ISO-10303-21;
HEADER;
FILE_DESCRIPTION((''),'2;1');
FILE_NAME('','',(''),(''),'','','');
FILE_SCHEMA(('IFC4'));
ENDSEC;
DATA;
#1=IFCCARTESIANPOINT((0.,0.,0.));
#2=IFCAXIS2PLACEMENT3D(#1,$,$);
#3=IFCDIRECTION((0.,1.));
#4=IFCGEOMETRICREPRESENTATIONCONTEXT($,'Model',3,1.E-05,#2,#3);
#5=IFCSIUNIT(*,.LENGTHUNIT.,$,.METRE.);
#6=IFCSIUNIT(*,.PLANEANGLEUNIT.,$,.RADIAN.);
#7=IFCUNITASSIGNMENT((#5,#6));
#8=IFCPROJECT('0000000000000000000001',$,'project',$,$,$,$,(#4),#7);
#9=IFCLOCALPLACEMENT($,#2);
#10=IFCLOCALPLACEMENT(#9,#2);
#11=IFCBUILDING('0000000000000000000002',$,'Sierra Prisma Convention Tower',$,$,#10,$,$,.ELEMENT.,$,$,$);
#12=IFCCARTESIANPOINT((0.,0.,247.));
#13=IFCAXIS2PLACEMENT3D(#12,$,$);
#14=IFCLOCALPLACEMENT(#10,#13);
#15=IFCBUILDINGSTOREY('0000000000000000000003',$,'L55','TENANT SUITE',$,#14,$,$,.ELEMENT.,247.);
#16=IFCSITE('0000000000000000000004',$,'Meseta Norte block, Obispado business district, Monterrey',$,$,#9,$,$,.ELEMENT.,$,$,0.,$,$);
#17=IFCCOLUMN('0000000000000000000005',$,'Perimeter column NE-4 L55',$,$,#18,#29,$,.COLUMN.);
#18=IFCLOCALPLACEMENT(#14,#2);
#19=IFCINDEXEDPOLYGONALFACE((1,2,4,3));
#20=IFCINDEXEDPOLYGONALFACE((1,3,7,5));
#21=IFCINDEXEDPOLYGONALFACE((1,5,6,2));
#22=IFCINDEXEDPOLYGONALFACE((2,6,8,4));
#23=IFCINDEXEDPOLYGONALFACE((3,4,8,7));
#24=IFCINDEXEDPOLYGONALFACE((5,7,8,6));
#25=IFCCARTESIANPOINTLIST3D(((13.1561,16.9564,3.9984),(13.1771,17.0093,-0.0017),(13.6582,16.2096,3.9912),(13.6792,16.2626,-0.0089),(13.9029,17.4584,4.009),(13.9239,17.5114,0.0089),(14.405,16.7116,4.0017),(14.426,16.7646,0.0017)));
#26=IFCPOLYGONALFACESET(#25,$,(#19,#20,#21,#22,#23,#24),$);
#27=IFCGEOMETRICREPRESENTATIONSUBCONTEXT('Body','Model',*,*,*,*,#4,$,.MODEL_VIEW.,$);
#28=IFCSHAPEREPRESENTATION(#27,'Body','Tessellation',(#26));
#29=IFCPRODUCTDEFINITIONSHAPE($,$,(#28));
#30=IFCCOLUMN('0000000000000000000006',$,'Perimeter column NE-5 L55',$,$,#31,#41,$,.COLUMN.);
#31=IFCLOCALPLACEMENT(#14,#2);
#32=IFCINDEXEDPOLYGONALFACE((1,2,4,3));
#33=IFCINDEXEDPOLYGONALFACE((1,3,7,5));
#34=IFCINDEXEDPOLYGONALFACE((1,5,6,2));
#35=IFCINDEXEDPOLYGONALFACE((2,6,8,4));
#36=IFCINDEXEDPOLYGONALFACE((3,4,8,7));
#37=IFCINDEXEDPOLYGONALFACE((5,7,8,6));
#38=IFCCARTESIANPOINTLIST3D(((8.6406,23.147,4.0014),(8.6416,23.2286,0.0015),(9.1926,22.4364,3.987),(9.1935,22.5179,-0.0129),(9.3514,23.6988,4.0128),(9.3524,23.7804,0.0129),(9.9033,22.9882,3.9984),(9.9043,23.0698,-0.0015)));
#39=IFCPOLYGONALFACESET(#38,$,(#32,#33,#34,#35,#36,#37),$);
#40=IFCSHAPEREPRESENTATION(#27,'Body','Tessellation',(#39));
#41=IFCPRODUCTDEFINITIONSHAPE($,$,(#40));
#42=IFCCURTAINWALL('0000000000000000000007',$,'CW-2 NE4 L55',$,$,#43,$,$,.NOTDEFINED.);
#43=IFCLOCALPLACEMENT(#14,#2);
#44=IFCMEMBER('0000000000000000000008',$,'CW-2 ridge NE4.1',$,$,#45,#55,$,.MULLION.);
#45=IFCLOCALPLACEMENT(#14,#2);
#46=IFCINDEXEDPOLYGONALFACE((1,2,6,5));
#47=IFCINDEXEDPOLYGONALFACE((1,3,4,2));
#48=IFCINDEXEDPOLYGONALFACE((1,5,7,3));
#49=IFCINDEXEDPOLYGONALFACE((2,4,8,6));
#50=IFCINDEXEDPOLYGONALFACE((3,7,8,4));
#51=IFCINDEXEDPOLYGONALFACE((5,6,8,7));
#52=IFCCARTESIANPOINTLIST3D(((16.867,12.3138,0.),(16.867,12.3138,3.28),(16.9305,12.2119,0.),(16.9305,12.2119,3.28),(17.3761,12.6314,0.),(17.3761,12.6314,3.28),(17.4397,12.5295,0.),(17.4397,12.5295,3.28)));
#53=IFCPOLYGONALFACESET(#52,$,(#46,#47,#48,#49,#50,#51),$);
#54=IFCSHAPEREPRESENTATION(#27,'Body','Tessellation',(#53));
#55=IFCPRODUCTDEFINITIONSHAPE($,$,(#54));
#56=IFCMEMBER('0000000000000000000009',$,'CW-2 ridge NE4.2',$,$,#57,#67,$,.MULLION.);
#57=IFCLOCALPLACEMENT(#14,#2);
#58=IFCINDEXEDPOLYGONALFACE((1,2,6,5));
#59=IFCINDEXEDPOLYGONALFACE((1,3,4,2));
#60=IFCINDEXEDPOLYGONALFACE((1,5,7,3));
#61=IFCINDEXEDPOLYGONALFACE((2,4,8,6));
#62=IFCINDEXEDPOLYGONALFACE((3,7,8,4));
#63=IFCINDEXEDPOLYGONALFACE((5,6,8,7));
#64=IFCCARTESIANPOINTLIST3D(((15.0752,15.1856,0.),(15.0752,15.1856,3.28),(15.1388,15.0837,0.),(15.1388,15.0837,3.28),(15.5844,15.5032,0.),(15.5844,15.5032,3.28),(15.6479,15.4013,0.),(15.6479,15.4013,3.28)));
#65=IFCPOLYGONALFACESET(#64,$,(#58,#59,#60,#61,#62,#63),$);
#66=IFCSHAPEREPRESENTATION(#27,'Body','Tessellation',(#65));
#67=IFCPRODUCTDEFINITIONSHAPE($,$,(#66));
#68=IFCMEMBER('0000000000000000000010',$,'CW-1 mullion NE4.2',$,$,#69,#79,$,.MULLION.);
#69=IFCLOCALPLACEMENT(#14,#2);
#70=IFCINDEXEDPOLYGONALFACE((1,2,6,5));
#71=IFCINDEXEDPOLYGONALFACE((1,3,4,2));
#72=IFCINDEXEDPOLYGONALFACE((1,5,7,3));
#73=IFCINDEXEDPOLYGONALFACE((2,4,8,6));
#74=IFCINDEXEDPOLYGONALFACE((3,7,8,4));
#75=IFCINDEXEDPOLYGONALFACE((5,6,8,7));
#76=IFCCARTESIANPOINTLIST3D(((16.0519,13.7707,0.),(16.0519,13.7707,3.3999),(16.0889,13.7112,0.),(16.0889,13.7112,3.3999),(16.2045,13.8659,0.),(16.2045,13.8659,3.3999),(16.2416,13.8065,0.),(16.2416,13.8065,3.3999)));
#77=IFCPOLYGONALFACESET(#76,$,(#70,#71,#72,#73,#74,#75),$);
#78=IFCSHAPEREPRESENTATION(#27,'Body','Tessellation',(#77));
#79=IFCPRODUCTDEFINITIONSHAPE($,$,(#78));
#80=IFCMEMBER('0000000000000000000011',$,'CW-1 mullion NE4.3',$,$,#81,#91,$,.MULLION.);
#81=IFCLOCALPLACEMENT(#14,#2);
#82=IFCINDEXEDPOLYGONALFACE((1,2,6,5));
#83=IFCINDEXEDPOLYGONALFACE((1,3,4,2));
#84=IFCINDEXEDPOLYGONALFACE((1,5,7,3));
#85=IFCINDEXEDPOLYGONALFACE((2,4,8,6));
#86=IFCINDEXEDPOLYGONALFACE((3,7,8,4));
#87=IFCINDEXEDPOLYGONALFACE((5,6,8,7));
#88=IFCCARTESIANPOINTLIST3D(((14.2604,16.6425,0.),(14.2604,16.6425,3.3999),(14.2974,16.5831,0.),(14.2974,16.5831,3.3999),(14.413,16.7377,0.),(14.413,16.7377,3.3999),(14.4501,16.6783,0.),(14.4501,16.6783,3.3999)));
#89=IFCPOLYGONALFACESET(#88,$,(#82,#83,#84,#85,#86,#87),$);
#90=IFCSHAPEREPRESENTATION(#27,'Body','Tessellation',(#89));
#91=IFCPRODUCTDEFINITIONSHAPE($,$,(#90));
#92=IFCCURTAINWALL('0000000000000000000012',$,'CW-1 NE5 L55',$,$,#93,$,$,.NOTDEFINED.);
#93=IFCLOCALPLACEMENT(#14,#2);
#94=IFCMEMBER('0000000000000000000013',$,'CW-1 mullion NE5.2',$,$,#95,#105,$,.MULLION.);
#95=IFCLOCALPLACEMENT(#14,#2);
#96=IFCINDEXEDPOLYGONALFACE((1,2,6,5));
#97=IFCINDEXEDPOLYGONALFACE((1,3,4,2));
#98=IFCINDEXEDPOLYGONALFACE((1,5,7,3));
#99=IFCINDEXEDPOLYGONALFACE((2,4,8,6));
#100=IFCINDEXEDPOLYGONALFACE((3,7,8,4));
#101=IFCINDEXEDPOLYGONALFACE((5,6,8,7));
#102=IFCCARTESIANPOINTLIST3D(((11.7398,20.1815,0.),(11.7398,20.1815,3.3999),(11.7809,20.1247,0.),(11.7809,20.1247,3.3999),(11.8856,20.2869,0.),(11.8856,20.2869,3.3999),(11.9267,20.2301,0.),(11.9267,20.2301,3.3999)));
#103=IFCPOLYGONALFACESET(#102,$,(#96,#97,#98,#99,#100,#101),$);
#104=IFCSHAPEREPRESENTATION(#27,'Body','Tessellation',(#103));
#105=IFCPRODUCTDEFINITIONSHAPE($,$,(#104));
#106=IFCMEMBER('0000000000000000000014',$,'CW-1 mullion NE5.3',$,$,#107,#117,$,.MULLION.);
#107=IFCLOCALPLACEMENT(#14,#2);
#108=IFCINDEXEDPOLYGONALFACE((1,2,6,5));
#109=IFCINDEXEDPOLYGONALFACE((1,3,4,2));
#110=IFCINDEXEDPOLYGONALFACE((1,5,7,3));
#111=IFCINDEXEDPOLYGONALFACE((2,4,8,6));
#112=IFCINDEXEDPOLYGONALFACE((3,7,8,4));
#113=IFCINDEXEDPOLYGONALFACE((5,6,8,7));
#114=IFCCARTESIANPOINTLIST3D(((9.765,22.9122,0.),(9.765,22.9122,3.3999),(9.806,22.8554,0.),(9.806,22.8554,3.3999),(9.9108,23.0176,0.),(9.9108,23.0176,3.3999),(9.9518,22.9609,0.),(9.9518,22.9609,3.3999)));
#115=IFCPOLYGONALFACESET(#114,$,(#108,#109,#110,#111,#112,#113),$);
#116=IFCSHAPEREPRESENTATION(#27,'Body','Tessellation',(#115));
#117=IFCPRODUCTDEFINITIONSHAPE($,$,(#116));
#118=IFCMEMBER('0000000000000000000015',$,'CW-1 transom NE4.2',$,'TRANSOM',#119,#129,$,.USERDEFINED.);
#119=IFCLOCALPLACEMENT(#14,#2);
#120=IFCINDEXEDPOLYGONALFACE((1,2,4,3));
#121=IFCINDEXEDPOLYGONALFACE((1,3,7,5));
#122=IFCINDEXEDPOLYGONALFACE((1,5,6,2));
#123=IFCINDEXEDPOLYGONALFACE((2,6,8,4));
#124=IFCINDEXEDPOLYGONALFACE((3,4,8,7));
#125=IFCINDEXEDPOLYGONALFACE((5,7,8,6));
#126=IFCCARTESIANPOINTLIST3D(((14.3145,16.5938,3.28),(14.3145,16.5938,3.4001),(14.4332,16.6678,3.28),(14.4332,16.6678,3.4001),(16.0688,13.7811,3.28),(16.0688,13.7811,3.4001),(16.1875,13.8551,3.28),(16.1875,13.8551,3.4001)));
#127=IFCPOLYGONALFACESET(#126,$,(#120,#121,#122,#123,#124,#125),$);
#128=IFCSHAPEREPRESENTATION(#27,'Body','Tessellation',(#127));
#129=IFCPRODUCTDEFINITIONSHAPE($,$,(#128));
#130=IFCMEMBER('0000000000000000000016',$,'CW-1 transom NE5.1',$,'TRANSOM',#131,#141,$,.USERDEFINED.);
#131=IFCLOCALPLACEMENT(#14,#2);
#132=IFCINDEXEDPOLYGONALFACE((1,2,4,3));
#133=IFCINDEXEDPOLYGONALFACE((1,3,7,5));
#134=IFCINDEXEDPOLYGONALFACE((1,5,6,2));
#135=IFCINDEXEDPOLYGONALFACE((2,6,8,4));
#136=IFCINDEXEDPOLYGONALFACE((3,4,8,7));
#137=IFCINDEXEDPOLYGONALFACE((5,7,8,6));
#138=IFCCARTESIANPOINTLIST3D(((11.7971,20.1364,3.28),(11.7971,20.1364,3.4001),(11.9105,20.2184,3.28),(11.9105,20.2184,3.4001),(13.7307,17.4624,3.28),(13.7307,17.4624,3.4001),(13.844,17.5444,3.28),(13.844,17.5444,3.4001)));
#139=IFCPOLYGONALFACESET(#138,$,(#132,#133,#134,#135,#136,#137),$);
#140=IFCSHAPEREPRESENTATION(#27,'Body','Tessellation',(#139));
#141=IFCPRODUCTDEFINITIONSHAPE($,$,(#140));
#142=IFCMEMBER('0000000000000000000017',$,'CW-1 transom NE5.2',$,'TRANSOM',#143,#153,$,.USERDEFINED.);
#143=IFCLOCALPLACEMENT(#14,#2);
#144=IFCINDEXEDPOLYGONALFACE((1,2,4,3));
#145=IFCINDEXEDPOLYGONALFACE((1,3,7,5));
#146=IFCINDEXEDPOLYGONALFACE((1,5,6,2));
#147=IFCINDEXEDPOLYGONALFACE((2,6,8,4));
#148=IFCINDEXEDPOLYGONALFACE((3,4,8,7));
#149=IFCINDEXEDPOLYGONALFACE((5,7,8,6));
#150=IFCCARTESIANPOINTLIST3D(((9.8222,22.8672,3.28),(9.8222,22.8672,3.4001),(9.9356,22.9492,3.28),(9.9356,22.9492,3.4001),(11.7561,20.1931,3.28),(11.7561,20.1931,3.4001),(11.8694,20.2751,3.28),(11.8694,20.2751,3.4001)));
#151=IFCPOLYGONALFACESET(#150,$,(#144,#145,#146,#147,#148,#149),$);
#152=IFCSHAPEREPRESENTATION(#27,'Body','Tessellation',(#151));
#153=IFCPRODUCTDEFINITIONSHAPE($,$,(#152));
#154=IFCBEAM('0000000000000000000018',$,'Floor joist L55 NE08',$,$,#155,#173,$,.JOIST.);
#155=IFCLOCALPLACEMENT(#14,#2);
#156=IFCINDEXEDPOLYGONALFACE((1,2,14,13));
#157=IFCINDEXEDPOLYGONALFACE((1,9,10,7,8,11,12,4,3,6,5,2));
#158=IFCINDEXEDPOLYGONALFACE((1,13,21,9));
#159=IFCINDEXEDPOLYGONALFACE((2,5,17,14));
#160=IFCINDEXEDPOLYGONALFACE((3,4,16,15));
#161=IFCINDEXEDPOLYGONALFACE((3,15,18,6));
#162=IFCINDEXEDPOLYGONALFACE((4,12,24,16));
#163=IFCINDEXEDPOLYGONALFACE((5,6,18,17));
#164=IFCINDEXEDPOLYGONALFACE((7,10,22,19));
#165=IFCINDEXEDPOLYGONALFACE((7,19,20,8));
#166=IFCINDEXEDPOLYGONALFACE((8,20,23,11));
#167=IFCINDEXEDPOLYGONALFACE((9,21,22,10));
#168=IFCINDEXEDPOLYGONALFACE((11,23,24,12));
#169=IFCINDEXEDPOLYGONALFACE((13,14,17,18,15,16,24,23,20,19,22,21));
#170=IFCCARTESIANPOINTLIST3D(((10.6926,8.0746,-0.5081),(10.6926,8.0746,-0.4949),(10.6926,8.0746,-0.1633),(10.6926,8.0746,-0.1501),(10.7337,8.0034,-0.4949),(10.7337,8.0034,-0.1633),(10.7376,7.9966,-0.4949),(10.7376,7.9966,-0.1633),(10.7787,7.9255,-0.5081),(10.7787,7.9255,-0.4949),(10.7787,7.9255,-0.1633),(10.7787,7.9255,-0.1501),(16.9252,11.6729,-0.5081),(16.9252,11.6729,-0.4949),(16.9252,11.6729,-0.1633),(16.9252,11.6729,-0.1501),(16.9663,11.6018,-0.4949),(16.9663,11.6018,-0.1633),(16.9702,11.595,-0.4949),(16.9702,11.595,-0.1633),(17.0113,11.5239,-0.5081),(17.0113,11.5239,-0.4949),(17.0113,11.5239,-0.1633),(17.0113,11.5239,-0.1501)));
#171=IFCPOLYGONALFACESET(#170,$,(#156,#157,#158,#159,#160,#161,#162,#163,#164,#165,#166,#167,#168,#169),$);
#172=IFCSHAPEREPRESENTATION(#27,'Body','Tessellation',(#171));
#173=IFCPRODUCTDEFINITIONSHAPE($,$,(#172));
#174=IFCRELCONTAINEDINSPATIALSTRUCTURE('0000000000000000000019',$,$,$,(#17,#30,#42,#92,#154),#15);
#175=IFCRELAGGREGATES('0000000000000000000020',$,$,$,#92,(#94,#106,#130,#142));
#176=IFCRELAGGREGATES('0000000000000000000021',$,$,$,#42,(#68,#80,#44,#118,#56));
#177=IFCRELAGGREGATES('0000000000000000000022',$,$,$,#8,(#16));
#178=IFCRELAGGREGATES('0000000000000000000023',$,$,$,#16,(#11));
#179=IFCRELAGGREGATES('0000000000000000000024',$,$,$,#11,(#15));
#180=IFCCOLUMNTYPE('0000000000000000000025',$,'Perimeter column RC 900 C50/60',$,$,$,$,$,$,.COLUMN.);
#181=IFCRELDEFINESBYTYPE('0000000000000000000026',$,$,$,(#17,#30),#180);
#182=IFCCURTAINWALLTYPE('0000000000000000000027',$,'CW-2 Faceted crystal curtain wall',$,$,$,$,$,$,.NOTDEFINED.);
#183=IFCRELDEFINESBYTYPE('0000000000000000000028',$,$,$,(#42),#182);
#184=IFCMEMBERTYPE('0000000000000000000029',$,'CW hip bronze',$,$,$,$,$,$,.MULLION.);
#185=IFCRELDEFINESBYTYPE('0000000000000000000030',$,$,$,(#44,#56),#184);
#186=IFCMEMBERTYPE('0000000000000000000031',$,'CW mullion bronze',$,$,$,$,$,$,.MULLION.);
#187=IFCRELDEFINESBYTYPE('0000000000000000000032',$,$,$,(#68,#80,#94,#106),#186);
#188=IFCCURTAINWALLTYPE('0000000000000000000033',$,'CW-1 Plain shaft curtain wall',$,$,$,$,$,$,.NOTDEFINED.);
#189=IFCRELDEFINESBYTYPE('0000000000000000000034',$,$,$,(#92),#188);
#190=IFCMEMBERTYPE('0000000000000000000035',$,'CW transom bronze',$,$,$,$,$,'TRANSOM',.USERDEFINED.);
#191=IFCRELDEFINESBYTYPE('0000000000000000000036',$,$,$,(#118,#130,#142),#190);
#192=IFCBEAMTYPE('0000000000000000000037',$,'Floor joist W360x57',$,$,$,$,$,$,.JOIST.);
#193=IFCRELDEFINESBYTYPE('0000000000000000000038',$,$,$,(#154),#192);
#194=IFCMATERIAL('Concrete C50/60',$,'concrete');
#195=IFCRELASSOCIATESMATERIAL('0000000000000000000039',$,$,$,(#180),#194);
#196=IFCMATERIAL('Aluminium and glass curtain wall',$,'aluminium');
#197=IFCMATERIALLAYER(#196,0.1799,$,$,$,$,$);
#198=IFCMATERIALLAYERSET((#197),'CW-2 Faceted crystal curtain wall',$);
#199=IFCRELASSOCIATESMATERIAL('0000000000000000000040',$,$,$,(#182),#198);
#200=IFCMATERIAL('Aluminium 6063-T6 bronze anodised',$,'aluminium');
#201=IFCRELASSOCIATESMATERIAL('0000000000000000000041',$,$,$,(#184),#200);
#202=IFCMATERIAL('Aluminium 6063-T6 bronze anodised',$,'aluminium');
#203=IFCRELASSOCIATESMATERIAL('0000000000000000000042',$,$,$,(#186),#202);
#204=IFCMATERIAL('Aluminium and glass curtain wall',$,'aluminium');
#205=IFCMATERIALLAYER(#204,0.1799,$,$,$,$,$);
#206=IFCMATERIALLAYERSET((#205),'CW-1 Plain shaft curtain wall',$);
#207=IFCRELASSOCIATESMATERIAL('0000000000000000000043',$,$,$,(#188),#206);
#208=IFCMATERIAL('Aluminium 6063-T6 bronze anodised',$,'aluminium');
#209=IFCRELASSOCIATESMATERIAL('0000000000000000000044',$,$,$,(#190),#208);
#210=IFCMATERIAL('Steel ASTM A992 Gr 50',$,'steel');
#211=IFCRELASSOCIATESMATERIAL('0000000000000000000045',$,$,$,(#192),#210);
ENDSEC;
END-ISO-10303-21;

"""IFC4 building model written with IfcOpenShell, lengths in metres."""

from ifc_helpers import new_model, si_unit, direction, frame, origin, origin_2d, place, context, subcontext, project, spatial, rectangle, i_section, extrude, material, layer, layer_set, material_profile, profile_set, type_object, element, aggregate, save


model = new_model("IFC4")

# Units and contexts
model_context = context("Model", 3, precision=1e-05, world=origin(), true_north=direction((0.0, 1.0)))
body_context = subcontext(model_context, "Body", "Model", "MODEL_VIEW")
ifc_project = project(units=[si_unit("LENGTHUNIT", "METRE"), si_unit("PLANEANGLEUNIT", "RADIAN")], contexts=[model_context])

# Site, building, storey
site_placement = place(None, origin())
site = spatial("IfcSite", under=ifc_project, at=site_placement, Name="Meseta Norte block, Obispado business district, Monterrey", CompositionType="ELEMENT", RefElevation=0.0)
building_placement = place(site_placement, origin())
building = spatial("IfcBuilding", under=site, at=building_placement, Name="Sierra Prisma Convention Tower", CompositionType="ELEMENT")
storey_placement = place(building_placement, frame((0.0, 0.0, 247.0)))
storey = spatial("IfcBuildingStorey", under=building, at=storey_placement, Name="L55", Description="TENANT SUITE", CompositionType="ELEMENT", Elevation=247.0)

# Columns
ifc_material_1 = material(Name="Concrete C50/60", Category="concrete")
ifc_material_profile_1 = material_profile(ifc_material_1, rectangle(XDim=0.8999, YDim=0.8999, at=origin_2d()), Name="Perimeter column RC 900 C50/60")
ifc_profile_set_1 = profile_set([ifc_material_profile_1], Name="Concrete C50/60")
column_type = type_object("IfcColumnType", Name="Perimeter column RC 900 C50/60", PredefinedType="COLUMN", material=ifc_profile_set_1)
column_1_placement = place(storey_placement, frame((13.8015, 16.887, 0.0), z_axis=(-0.005248, -0.013243, 0.999899), x_axis=(-0.557959, 0.829829, 0.008062)))
element("IfcColumn", 1, at=column_1_placement, inside=storey, type_object=column_type, Name="Perimeter column NE-4 L55", PredefinedType="COLUMN", context=body_context, shape_type="SweptSolid", body=[
    extrude(rectangle(XDim=0.8999, YDim=0.8999, at=origin_2d()), origin(), (0.0, 0.0, 1.0), 4.0005),
])
column_2_placement = place(storey_placement, frame((9.2729, 23.1492, 0.0), z_axis=(-0.000244, -0.020382, 0.999792), x_axis=(-0.613328, 0.789668, 0.015948)))
element("IfcColumn", 2, at=column_2_placement, inside=storey, type_object=column_type, Name="Perimeter column NE-5 L55", PredefinedType="COLUMN", context=body_context, shape_type="SweptSolid", body=[
    extrude(rectangle(XDim=0.8999, YDim=0.8999, at=origin_2d()), origin(), (0.0, 0.0, 1.0), 4.0007),
])

# Curtain walls, members
ifc_material_2 = material(Name="Aluminium and glass curtain wall", Category="aluminium")
ifc_layer_1 = layer(ifc_material_2, 0.1799)
ifc_layer_set_1 = layer_set([ifc_layer_1], Name="CW-2 Faceted crystal curtain wall")
curtain_wall_type_1 = type_object("IfcCurtainWallType", Name="CW-2 Faceted crystal curtain wall", PredefinedType="NOTDEFINED", material=ifc_layer_set_1)
curtain_wall_1_placement = place(storey_placement, origin())
curtain_wall_1 = element("IfcCurtainWall", 3, at=curtain_wall_1_placement, inside=storey, type_object=curtain_wall_type_1, Name="CW-2 NE4 L55", PredefinedType="NOTDEFINED")
ifc_material_3 = material(Name="Aluminium 6063-T6 bronze anodised", Category="aluminium")
ifc_material_profile_2 = material_profile(ifc_material_3, rectangle(XDim=0.1201, YDim=0.6001, at=origin_2d()), Name="ALU RIDGE BLADE 120x600")
ifc_profile_set_2 = profile_set([ifc_material_profile_2], Name="Aluminium 6063-T6 bronze anodised")
member_type_1 = type_object("IfcMemberType", Name="CW hip bronze", PredefinedType="MULLION", material=ifc_profile_set_2)
member_1_placement = place(storey_placement, frame((17.1533, 12.4216, 0.0), z_axis=(0.0, 0.0, 1.0), x_axis=(-0.529292, 0.84844, 0.0)))
member_1 = element("IfcMember", 4, at=member_1_placement, type_object=member_type_1, Name="CW-2 ridge NE4.1", PredefinedType="MULLION", context=body_context, shape_type="SweptSolid", body=[
    extrude(rectangle(XDim=0.1201, YDim=0.6001, at=origin_2d()), origin(), (0.0, 0.0, 1.0), 3.28),
])
member_2_placement = place(storey_placement, frame((15.3616, 15.2935, 0.0), z_axis=(0.0, 0.0, 1.0), x_axis=(-0.529292, 0.84844, 0.0)))
member_2 = element("IfcMember", 5, at=member_2_placement, type_object=member_type_1, Name="CW-2 ridge NE4.2", PredefinedType="MULLION", context=body_context, shape_type="SweptSolid", body=[
    extrude(rectangle(XDim=0.1201, YDim=0.6001, at=origin_2d()), origin(), (0.0, 0.0, 1.0), 3.28),
])
ifc_material_4 = material(Name="Aluminium 6063-T6 bronze anodised", Category="aluminium")
ifc_material_profile_3 = material_profile(ifc_material_4, rectangle(XDim=0.1799, YDim=0.0701, at=origin_2d()), Name="ALU MULLION 70x180")
ifc_profile_set_3 = profile_set([ifc_material_profile_3], Name="Aluminium 6063-T6 bronze anodised")
member_type_2 = type_object("IfcMemberType", Name="CW mullion bronze", PredefinedType="MULLION", material=ifc_profile_set_3)
member_3_placement = place(storey_placement, frame((16.1467, 13.7886, 0.0), z_axis=(0.0, 0.0, 1.0), x_axis=(-0.84844, -0.529292, 0.0)))
member_3 = element("IfcMember", 6, at=member_3_placement, type_object=member_type_2, Name="CW-1 mullion NE4.2", PredefinedType="MULLION", context=body_context, shape_type="SweptSolid", body=[
    extrude(rectangle(XDim=0.1799, YDim=0.0701, at=origin_2d()), origin(), (0.0, 0.0, 1.0), 3.3999),
])
member_4_placement = place(storey_placement, frame((14.3552, 16.6604, 0.0), z_axis=(0.0, 0.0, 1.0), x_axis=(-0.84844, -0.529292, 0.0)))
member_4 = element("IfcMember", 7, at=member_4_placement, type_object=member_type_2, Name="CW-1 mullion NE4.3", PredefinedType="MULLION", context=body_context, shape_type="SweptSolid", body=[
    extrude(rectangle(XDim=0.1799, YDim=0.0701, at=origin_2d()), origin(), (0.0, 0.0, 1.0), 3.3999),
])
ifc_material_5 = material(Name="Aluminium and glass curtain wall", Category="aluminium")
ifc_layer_2 = layer(ifc_material_5, 0.1799)
ifc_layer_set_2 = layer_set([ifc_layer_2], Name="CW-1 Plain shaft curtain wall")
curtain_wall_type_2 = type_object("IfcCurtainWallType", Name="CW-1 Plain shaft curtain wall", PredefinedType="NOTDEFINED", material=ifc_layer_set_2)
curtain_wall_2_placement = place(storey_placement, origin())
curtain_wall_2 = element("IfcCurtainWall", 8, at=curtain_wall_2_placement, inside=storey, type_object=curtain_wall_type_2, Name="CW-1 NE5 L55", PredefinedType="NOTDEFINED")
member_5_placement = place(storey_placement, frame((11.8333, 20.2058, 0.0), z_axis=(0.0, 0.0, 1.0), x_axis=(-0.810319, -0.585989, 0.0)))
member_5 = element("IfcMember", 9, at=member_5_placement, type_object=member_type_2, Name="CW-1 mullion NE5.2", PredefinedType="MULLION", context=body_context, shape_type="SweptSolid", body=[
    extrude(rectangle(XDim=0.1799, YDim=0.0701, at=origin_2d()), origin(), (0.0, 0.0, 1.0), 3.3999),
])
member_6_placement = place(storey_placement, frame((9.8584, 22.9365, 0.0), z_axis=(0.0, 0.0, 1.0), x_axis=(-0.810319, -0.585989, 0.0)))
member_6 = element("IfcMember", 10, at=member_6_placement, type_object=member_type_2, Name="CW-1 mullion NE5.3", PredefinedType="MULLION", context=body_context, shape_type="SweptSolid", body=[
    extrude(rectangle(XDim=0.1799, YDim=0.0701, at=origin_2d()), origin(), (0.0, 0.0, 1.0), 3.3999),
])

# Members
ifc_material_6 = material(Name="Aluminium 6063-T6 bronze anodised", Category="aluminium")
ifc_material_profile_4 = material_profile(ifc_material_6, rectangle(XDim=0.1399, YDim=0.1201, at=origin_2d()), Name="ALU TRANSOM 120x140")
ifc_profile_set_4 = profile_set([ifc_material_profile_4], Name="Aluminium 6063-T6 bronze anodised")
member_type_3 = type_object("IfcMemberType", Name="CW transom bronze", ElementType="TRANSOM", PredefinedType="USERDEFINED", material=ifc_profile_set_4)
member_7_placement = place(storey_placement, frame((16.1282, 13.8181, 3.3401), z_axis=(-0.529224, 0.848482, 0.0), x_axis=(-0.848482, -0.529224, 0.0)))
member_7 = element("IfcMember", 11, at=member_7_placement, type_object=member_type_3, Name="CW-1 transom NE4.2", ObjectType="TRANSOM", PredefinedType="USERDEFINED", context=body_context, shape_type="SweptSolid", body=[
    extrude(rectangle(XDim=0.1399, YDim=0.1201, at=origin_2d()), origin(), (0.0, 0.0, 1.0), 3.3149),
])
member_8_placement = place(storey_placement, frame((13.7874, 17.5034, 3.3401), z_axis=(-0.585952, 0.810345, 0.0), x_axis=(-0.810345, -0.585952, 0.0)))
member_8 = element("IfcMember", 12, at=member_8_placement, type_object=member_type_3, Name="CW-1 transom NE5.1", ObjectType="TRANSOM", PredefinedType="USERDEFINED", context=body_context, shape_type="SweptSolid", body=[
    extrude(rectangle(XDim=0.1399, YDim=0.1201, at=origin_2d()), origin(), (0.0, 0.0, 1.0), 3.2998),
])
member_9_placement = place(storey_placement, frame((11.8127, 20.2341, 3.3401), z_axis=(-0.586001, 0.81031, 0.0), x_axis=(-0.81031, -0.586001, 0.0)))
member_9 = element("IfcMember", 13, at=member_9_placement, type_object=member_type_3, Name="CW-1 transom NE5.2", ObjectType="TRANSOM", PredefinedType="USERDEFINED", context=body_context, shape_type="SweptSolid", body=[
    extrude(rectangle(XDim=0.1399, YDim=0.1201, at=origin_2d()), origin(), (0.0, 0.0, 1.0), 3.3),
])

# Beam
ifc_material_7 = material(Name="Steel ASTM A992 Gr 50", Category="steel")
ifc_material_profile_5 = material_profile(ifc_material_7, i_section(OverallWidth=0.1721, OverallDepth=0.3579, WebThickness=0.0078, FlangeThickness=0.0132, at=origin_2d()), Name="W360x57")
ifc_profile_set_5 = profile_set([ifc_material_profile_5], Name="Steel ASTM A992 Gr 50")
beam_type_1 = type_object("IfcBeamType", Name="Floor joist W360x57", PredefinedType="JOIST", material=ifc_profile_set_5)
beam_1_placement = place(storey_placement, frame((16.9683, 11.5984, -0.3291), z_axis=(-0.866028, -0.499996, 0.0), x_axis=(0.499996, -0.866028, 0.0)))
element("IfcBeam", 14, at=beam_1_placement, inside=storey, type_object=beam_type_1, Name="Floor joist L55 NE08", PredefinedType="JOIST", context=body_context, shape_type="SweptSolid", body=[
    extrude(i_section(OverallWidth=0.1721, OverallDepth=0.3579, WebThickness=0.0078, FlangeThickness=0.0132, at=origin_2d()), origin(), (0.0, 0.0, 1.0), 7.1968),
])

aggregate(curtain_wall_2, [member_5, member_6, member_8, member_9])
aggregate(curtain_wall_1, [member_3, member_4, member_1, member_7, member_2])

save(model, "model.ifc")
